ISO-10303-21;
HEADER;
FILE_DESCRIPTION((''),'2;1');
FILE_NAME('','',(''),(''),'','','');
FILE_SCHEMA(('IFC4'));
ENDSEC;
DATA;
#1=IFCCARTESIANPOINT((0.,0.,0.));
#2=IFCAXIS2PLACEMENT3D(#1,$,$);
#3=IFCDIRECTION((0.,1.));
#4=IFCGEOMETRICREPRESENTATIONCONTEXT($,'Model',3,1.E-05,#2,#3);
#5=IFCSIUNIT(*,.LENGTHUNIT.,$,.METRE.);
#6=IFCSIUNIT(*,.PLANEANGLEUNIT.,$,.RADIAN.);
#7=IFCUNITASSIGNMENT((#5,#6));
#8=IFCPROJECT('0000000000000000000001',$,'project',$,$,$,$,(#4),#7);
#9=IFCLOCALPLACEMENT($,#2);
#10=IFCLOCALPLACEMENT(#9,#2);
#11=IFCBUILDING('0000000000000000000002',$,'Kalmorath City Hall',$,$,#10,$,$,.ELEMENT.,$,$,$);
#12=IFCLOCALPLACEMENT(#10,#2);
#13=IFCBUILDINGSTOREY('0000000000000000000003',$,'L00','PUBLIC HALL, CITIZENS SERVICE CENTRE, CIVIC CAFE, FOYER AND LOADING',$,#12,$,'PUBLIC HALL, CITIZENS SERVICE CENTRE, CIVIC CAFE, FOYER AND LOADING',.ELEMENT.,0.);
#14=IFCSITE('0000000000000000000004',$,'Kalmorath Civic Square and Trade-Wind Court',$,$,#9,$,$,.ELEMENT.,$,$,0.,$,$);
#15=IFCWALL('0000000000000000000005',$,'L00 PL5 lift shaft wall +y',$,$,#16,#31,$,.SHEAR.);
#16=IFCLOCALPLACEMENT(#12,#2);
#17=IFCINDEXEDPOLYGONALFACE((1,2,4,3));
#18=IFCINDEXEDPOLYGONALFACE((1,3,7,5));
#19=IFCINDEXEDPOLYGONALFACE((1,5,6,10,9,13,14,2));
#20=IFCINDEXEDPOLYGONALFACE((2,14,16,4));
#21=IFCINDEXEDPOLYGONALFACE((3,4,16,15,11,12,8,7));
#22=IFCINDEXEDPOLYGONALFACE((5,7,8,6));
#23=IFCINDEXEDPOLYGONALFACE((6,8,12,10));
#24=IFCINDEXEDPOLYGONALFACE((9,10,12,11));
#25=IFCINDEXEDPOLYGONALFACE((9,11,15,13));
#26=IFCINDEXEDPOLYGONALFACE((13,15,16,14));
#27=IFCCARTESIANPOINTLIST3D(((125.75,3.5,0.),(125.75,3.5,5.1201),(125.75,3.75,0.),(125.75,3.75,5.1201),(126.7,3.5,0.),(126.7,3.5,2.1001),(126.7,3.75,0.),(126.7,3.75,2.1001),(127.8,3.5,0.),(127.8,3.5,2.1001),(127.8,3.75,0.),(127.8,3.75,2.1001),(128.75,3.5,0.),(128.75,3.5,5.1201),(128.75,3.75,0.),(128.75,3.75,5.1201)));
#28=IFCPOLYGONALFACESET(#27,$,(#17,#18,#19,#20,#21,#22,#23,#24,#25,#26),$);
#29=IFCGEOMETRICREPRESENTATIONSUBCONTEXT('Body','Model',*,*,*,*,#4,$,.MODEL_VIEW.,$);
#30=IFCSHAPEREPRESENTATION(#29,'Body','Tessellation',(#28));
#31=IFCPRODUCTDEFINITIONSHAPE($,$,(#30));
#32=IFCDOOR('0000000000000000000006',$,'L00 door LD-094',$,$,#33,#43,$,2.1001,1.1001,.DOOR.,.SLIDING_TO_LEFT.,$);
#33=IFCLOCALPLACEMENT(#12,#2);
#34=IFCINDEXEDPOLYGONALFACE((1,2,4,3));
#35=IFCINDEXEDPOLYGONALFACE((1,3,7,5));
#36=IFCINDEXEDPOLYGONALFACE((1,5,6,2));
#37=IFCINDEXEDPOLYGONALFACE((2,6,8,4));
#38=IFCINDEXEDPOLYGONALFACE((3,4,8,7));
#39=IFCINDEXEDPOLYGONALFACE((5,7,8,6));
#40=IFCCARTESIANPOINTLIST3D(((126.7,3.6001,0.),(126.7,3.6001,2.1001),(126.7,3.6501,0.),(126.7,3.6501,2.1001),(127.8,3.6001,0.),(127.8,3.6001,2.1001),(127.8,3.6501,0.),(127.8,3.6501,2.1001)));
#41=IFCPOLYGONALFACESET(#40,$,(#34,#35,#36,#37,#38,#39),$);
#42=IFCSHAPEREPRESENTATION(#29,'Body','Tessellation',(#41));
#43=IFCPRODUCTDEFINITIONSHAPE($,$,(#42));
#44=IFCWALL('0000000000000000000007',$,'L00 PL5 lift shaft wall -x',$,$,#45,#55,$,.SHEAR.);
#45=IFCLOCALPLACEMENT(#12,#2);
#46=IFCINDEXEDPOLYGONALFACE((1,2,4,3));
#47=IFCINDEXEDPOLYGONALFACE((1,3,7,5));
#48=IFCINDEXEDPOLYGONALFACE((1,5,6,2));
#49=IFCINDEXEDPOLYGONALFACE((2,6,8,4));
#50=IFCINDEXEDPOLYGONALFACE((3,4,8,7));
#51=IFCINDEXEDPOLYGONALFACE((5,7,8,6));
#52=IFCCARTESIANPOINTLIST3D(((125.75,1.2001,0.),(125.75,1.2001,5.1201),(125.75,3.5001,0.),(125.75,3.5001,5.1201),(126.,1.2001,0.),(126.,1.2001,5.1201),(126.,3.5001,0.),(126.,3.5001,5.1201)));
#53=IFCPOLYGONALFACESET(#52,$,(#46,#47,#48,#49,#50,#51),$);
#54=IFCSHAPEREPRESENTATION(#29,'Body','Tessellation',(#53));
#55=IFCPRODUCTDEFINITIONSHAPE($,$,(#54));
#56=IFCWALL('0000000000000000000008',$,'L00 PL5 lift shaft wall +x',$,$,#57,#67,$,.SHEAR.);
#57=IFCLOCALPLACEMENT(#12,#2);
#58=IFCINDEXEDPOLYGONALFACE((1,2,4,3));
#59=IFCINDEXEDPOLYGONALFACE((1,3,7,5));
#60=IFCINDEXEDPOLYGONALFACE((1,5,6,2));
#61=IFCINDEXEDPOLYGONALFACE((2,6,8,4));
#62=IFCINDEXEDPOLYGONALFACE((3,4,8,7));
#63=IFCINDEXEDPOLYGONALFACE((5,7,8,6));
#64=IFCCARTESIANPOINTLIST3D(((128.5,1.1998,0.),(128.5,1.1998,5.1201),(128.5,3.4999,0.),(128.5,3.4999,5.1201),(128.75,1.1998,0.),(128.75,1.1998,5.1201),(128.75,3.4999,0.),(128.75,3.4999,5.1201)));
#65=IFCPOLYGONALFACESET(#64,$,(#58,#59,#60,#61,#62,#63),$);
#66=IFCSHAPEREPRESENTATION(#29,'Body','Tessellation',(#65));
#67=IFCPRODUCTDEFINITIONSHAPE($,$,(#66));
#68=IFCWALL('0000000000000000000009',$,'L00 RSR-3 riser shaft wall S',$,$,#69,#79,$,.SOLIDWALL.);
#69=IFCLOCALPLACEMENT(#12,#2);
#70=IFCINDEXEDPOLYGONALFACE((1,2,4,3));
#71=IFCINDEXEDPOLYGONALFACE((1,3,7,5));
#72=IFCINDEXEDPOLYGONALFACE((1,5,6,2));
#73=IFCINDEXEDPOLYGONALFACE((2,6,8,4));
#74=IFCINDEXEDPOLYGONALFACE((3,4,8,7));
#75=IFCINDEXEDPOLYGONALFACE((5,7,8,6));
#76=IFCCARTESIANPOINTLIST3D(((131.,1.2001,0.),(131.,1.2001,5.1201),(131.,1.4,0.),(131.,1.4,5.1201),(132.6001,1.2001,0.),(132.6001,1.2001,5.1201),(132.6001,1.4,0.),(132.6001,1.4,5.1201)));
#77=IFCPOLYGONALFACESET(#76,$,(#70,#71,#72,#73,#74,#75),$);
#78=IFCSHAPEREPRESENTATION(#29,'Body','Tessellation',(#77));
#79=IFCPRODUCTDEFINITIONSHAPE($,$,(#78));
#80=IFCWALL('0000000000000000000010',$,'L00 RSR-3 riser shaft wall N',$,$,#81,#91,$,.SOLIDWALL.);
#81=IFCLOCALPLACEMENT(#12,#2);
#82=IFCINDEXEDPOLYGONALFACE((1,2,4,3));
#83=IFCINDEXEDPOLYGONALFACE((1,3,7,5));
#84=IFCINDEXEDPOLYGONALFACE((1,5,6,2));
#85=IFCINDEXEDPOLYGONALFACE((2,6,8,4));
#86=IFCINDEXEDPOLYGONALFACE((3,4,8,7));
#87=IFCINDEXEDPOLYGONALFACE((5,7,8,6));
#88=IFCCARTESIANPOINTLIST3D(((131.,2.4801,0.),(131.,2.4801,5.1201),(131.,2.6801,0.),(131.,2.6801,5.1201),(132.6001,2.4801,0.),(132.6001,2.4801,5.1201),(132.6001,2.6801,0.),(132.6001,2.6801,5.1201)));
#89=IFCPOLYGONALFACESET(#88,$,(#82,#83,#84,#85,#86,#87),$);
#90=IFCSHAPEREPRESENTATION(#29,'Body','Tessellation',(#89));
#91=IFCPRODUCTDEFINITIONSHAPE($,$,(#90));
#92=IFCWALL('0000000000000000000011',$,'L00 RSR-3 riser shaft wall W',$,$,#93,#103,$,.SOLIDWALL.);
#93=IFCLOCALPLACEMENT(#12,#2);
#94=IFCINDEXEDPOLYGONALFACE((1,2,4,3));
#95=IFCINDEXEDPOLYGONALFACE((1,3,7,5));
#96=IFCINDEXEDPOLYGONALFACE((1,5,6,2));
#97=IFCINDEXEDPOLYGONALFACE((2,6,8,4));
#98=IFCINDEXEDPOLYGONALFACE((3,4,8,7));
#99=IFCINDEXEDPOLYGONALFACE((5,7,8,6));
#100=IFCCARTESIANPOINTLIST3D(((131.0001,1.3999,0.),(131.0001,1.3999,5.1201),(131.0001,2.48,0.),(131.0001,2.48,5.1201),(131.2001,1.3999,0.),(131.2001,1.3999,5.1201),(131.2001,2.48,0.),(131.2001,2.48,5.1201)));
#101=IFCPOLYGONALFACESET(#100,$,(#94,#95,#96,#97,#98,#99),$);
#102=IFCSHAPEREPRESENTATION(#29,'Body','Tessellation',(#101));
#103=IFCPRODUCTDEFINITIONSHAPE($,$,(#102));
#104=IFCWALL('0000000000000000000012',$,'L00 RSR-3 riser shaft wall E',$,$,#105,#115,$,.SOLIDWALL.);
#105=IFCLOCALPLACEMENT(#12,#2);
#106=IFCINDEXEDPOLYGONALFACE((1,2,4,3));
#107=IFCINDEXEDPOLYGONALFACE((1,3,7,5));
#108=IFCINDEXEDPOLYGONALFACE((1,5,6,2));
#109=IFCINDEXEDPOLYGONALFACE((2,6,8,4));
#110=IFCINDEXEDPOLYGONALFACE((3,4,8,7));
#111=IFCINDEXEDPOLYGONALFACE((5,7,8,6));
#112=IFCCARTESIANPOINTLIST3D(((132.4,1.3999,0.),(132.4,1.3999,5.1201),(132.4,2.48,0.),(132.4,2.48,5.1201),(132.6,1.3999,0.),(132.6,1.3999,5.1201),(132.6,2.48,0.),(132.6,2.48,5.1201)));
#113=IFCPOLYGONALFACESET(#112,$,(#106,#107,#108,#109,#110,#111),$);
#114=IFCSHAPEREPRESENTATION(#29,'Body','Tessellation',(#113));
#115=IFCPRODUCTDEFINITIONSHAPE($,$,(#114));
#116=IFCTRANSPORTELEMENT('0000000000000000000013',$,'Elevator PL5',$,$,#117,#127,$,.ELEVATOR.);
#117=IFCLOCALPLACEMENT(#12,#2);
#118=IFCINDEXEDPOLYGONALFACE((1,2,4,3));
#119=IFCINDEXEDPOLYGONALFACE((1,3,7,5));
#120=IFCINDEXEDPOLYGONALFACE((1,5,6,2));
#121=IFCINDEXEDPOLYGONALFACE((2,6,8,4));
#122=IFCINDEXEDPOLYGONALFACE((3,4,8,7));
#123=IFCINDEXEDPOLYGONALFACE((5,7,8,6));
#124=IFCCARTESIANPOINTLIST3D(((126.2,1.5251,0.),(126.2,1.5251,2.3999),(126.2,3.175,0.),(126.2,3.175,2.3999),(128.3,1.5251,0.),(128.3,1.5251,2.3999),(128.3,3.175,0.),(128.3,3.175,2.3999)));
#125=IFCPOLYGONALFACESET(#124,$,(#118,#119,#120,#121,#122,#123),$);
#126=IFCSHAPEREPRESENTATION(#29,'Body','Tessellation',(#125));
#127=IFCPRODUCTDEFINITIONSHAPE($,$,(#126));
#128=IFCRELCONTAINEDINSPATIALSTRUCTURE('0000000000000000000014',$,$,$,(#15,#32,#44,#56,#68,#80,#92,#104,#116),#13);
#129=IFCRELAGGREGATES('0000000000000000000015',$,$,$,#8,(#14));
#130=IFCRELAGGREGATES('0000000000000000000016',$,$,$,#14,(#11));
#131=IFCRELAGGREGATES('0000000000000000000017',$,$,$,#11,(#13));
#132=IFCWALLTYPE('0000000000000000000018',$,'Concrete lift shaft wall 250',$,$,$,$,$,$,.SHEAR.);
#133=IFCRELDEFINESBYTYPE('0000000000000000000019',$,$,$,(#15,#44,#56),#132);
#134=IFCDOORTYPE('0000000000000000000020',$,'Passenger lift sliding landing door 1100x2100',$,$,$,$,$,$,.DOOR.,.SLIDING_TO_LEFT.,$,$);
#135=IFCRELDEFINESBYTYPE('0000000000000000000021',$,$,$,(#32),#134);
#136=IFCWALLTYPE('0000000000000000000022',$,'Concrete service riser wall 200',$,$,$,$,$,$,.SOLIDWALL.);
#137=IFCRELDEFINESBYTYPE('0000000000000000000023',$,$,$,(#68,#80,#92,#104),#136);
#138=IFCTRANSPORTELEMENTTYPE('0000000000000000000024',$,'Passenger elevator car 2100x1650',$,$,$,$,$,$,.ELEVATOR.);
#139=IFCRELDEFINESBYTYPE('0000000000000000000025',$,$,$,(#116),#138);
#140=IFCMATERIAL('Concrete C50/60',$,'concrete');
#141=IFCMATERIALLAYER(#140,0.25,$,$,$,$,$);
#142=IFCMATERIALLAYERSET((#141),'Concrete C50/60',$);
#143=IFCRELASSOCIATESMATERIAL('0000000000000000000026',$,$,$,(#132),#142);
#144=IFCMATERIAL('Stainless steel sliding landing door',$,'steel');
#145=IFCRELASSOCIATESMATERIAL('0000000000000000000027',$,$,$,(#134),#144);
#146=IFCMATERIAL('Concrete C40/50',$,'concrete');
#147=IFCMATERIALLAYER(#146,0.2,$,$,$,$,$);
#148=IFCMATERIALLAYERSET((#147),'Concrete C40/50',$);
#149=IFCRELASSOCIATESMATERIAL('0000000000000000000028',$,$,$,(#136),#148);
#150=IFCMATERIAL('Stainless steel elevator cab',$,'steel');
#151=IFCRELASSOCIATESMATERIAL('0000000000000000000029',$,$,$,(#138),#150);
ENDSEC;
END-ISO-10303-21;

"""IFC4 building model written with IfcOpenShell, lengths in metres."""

from ifc_helpers import new_model, si_unit, direction, frame, frame_2d, origin, origin_2d, place, context, subcontext, project, spatial, rectangle, extrude, material, layer, layer_set, type_object, element, fill, save


model = new_model("IFC4")

# Units and contexts
model_context = context("Model", 3, precision=1e-05, world=origin(), true_north=direction((0.0, 1.0)))
body_context = subcontext(model_context, "Body", "Model", "MODEL_VIEW")
ifc_project = project(units=[si_unit("LENGTHUNIT", "METRE"), si_unit("PLANEANGLEUNIT", "RADIAN")], contexts=[model_context])

# Site, building, storey
site_placement = place(None, origin())
site = spatial("IfcSite", under=ifc_project, at=site_placement, Name="Kalmorath Civic Square and Trade-Wind Court", CompositionType="ELEMENT", RefElevation=0.0)
building_placement = place(site_placement, origin())
building = spatial("IfcBuilding", under=site, at=building_placement, Name="Kalmorath City Hall", CompositionType="ELEMENT")
storey_placement = place(building_placement, origin())
storey = spatial("IfcBuildingStorey", under=building, at=storey_placement, Name="L00", Description="PUBLIC HALL, CITIZENS SERVICE CENTRE, CIVIC CAFE, FOYER AND LOADING", LongName="PUBLIC HALL, CITIZENS SERVICE CENTRE, CIVIC CAFE, FOYER AND LOADING", CompositionType="ELEMENT", Elevation=0.0)

# Wall, opening, door
ifc_material_1 = material(Name="Concrete C50/60", Category="concrete")
ifc_layer_1 = layer(ifc_material_1, 0.25)
ifc_layer_set_1 = layer_set([ifc_layer_1], Name="Concrete C50/60")
wall_type_1 = type_object("IfcWallType", Name="Concrete lift shaft wall 250", PredefinedType="SHEAR", material=ifc_layer_set_1)
wall_1_placement = place(storey_placement, frame((128.75, 3.625, 0.0), z_axis=(0.0, 0.0, 1.0), x_axis=(-1.0, 0.0, 0.0)))
wall_1 = element("IfcWall", 1, at=wall_1_placement, inside=storey, type_object=wall_type_1, Name="L00 PL5 lift shaft wall +y", PredefinedType="SHEAR", context=body_context, shape_type="SweptSolid", body=[
    extrude(rectangle(XDim=3.0, YDim=0.25, at=frame_2d((1.5, 0.0))), origin(), (0.0, 0.0, 1.0), 5.1201),
])
opening_1_placement = place(wall_1_placement, frame((0.95, 0.0, 0.0)))
opening_1 = element("IfcOpeningElement", 2, at=opening_1_placement, cuts=wall_1, PredefinedType="OPENING", context=body_context, shape_type="SweptSolid", body=[
    extrude(rectangle(XDim=1.1001, YDim=2.1001, at=frame_2d((0.55, 1.05))), frame((0.0, 0.135, 0.0), z_axis=(0.0, -1.0, 0.0), x_axis=(1.0, 0.0, 0.0)), (0.0, 0.0, 1.0), 0.27),
])
ifc_material_2 = material(Name="Stainless steel sliding landing door", Category="steel")
door_type_1 = type_object("IfcDoorType", Name="Passenger lift sliding landing door 1100x2100", OperationType="SLIDING_TO_LEFT", PredefinedType="DOOR", material=ifc_material_2)
door_1_placement = place(opening_1_placement, origin())
door_1 = element("IfcDoor", 3, at=door_1_placement, inside=storey, type_object=door_type_1, Name="L00 door LD-094", OperationType="SLIDING_TO_LEFT", OverallHeight=2.1001, OverallWidth=1.1001, PredefinedType="DOOR", context=body_context, shape_type="SweptSolid", body=[
    extrude(rectangle(XDim=1.1001, YDim=2.1001, at=frame_2d((0.55, 1.05))), frame((0.0, 0.0249, 0.0), z_axis=(0.0, -1.0, 0.0), x_axis=(1.0, 0.0, 0.0)), (0.0, 0.0, 1.0), 0.05),
])
fill(opening_1, door_1)

# Walls
for number, where, z_axis, x_axis, name in (
    (4, (125.875, 3.5, 0.0), (0.0, 0.0, 1.0), (0.0, -1.0, 0.0), "L00 PL5 lift shaft wall -x"),
    (5, (128.625, 1.2, 0.0), (0.0, 0.0, 1.0), (0.0, 1.0, 0.0), "L00 PL5 lift shaft wall +x"),
):
    element("IfcWall", number, at=place(storey_placement, frame(where, z_axis=z_axis, x_axis=x_axis)), inside=storey, type_object=wall_type_1, Name=name, PredefinedType="SHEAR", context=body_context, shape_type="SweptSolid", body=[
        extrude(rectangle(XDim=2.3, YDim=0.25, at=frame_2d((1.1499, 0.0))), origin(), (0.0, 0.0, 1.0), 5.1201),
    ])
ifc_material_3 = material(Name="Concrete C40/50", Category="concrete")
ifc_layer_2 = layer(ifc_material_3, 0.2)
ifc_layer_set_2 = layer_set([ifc_layer_2], Name="Concrete C40/50")
wall_type_2 = type_object("IfcWallType", Name="Concrete service riser wall 200", PredefinedType="SOLIDWALL", material=ifc_layer_set_2)
for number, where, z_axis, x_axis, name in (
    (6, (131.0, 1.3, 0.0), (0.0, 0.0, 1.0), (1.0, 0.0, 0.0), "L00 RSR-3 riser shaft wall S"),
    (7, (132.6001, 2.5801, 0.0), (0.0, 0.0, 1.0), (-1.0, 0.0, 0.0), "L00 RSR-3 riser shaft wall N"),
):
    element("IfcWall", number, at=place(storey_placement, frame(where, z_axis=z_axis, x_axis=x_axis)), inside=storey, type_object=wall_type_2, Name=name, PredefinedType="SOLIDWALL", context=body_context, shape_type="SweptSolid", body=[
        extrude(rectangle(XDim=1.6001, YDim=0.2, at=frame_2d((0.8, 0.0))), origin(), (0.0, 0.0, 1.0), 5.1201),
    ])
for number, where, z_axis, x_axis, name in (
    (8, (131.1001, 2.48, 0.0), (0.0, 0.0, 1.0), (0.0, -1.0, 0.0), "L00 RSR-3 riser shaft wall W"),
    (9, (132.5, 1.3999, 0.0), (0.0, 0.0, 1.0), (0.0, 1.0, 0.0), "L00 RSR-3 riser shaft wall E"),
):
    element("IfcWall", number, at=place(storey_placement, frame(where, z_axis=z_axis, x_axis=x_axis)), inside=storey, type_object=wall_type_2, Name=name, PredefinedType="SOLIDWALL", context=body_context, shape_type="SweptSolid", body=[
        extrude(rectangle(XDim=1.0801, YDim=0.2, at=frame_2d((0.54, 0.0))), origin(), (0.0, 0.0, 1.0), 5.1201),
    ])

# Transport element
ifc_material_4 = material(Name="Stainless steel elevator cab", Category="steel")
transport_element_type = type_object("IfcTransportElementType", Name="Passenger elevator car 2100x1650", PredefinedType="ELEVATOR", material=ifc_material_4)
transport_element_placement = place(storey_placement, frame((127.25, 2.3501, 0.0), z_axis=(0.0, 0.0, 1.0), x_axis=(1.0, 0.0, 0.0)))
element("IfcTransportElement", 10, at=transport_element_placement, inside=storey, type_object=transport_element_type, Name="Elevator PL5", PredefinedType="ELEVATOR", context=body_context, shape_type="SweptSolid", body=[
    extrude(rectangle(XDim=2.1001, YDim=1.6499, at=origin_2d()), origin(), (0.0, 0.0, 1.0), 2.3999),
])

save(model, "model.ifc")
